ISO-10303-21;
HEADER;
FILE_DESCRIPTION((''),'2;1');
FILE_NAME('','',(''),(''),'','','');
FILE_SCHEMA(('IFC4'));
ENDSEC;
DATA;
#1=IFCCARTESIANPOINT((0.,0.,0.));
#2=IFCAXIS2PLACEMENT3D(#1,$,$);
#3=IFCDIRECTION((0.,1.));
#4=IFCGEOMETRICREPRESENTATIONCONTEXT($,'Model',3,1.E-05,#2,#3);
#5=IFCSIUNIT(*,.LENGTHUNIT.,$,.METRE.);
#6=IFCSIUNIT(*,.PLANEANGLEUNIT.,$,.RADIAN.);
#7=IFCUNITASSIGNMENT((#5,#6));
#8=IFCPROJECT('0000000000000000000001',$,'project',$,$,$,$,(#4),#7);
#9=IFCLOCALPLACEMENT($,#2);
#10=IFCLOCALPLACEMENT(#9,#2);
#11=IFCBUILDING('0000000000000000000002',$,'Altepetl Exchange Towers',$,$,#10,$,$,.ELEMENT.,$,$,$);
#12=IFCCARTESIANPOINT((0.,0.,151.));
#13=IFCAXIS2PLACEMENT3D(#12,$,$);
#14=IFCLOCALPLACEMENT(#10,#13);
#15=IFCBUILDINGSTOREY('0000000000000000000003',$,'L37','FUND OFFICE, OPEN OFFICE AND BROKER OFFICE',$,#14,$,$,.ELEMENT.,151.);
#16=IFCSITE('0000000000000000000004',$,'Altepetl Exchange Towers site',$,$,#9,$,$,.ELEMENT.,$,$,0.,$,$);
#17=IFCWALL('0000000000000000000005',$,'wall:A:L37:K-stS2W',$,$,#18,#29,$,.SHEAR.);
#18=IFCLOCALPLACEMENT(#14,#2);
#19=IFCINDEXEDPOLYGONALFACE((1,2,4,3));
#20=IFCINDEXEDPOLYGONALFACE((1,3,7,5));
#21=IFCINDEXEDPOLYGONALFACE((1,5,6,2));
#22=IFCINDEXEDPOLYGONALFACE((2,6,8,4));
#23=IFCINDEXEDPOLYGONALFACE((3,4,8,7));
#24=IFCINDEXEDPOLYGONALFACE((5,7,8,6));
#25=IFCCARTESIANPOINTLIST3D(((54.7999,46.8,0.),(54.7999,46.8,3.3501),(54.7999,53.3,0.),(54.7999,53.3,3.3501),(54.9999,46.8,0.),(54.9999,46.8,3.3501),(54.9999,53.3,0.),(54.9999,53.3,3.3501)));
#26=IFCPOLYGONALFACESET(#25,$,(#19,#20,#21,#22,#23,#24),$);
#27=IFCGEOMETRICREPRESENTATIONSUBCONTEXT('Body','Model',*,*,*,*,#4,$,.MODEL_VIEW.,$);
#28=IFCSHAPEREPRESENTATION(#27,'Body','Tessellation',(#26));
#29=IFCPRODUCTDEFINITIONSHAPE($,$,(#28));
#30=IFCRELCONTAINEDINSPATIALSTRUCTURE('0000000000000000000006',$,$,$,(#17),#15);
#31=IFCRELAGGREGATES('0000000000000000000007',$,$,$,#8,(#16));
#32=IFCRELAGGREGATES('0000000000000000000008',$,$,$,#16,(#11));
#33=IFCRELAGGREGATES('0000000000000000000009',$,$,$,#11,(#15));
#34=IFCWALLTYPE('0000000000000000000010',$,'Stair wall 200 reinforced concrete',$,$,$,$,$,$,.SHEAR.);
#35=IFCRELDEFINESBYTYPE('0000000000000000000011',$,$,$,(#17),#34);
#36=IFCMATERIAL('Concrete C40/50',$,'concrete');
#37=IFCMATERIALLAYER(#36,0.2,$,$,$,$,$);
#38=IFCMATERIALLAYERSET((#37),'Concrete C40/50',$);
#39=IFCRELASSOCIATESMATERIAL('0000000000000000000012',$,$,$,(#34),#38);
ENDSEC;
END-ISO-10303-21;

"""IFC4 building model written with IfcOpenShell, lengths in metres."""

from ifc_helpers import new_model, si_unit, direction, frame, frame_2d, origin, place, context, subcontext, project, spatial, rectangle, extrude, material, layer, layer_set, type_object, element, save


model = new_model("IFC4")

# Units and contexts
model_context = context("Model", 3, precision=1e-05, world=origin(), true_north=direction((0.0, 1.0)))
body_context = subcontext(model_context, "Body", "Model", "MODEL_VIEW")
ifc_project = project(units=[si_unit("LENGTHUNIT", "METRE"), si_unit("PLANEANGLEUNIT", "RADIAN")], contexts=[model_context])

# Site, building, storey
site_placement = place(None, origin())
site = spatial("IfcSite", under=ifc_project, at=site_placement, Name="Altepetl Exchange Towers site", CompositionType="ELEMENT", RefElevation=0.0)
building_placement = place(site_placement, origin())
building = spatial("IfcBuilding", under=site, at=building_placement, Name="Altepetl Exchange Towers", CompositionType="ELEMENT")
storey_placement = place(building_placement, frame((0.0, 0.0, 151.0)))
storey = spatial("IfcBuildingStorey", under=building, at=storey_placement, Name="L37", Description="FUND OFFICE, OPEN OFFICE AND BROKER OFFICE", CompositionType="ELEMENT", Elevation=151.0)

# Wall
ifc_material_1 = material(Name="Concrete C40/50", Category="concrete")
ifc_layer_1 = layer(ifc_material_1, 0.2)
ifc_layer_set_1 = layer_set([ifc_layer_1], Name="Concrete C40/50")
wall_type_1 = type_object("IfcWallType", Name="Stair wall 200 reinforced concrete", PredefinedType="SHEAR", material=ifc_layer_set_1)
wall_1_placement = place(storey_placement, frame((54.8999, 46.8, 0.0), z_axis=(0.0, 0.0, 1.0), x_axis=(0.0, 1.0, 0.0)))
element("IfcWall", 1, at=wall_1_placement, inside=storey, type_object=wall_type_1, Name="wall:A:L37:K-stS2W", PredefinedType="SHEAR", context=body_context, shape_type="SweptSolid", body=[
    extrude(rectangle(XDim=6.5, YDim=0.2, at=frame_2d((3.25, 0.0))), origin(), (0.0, 0.0, 1.0), 3.3501),
])

save(model, "model.ifc")
